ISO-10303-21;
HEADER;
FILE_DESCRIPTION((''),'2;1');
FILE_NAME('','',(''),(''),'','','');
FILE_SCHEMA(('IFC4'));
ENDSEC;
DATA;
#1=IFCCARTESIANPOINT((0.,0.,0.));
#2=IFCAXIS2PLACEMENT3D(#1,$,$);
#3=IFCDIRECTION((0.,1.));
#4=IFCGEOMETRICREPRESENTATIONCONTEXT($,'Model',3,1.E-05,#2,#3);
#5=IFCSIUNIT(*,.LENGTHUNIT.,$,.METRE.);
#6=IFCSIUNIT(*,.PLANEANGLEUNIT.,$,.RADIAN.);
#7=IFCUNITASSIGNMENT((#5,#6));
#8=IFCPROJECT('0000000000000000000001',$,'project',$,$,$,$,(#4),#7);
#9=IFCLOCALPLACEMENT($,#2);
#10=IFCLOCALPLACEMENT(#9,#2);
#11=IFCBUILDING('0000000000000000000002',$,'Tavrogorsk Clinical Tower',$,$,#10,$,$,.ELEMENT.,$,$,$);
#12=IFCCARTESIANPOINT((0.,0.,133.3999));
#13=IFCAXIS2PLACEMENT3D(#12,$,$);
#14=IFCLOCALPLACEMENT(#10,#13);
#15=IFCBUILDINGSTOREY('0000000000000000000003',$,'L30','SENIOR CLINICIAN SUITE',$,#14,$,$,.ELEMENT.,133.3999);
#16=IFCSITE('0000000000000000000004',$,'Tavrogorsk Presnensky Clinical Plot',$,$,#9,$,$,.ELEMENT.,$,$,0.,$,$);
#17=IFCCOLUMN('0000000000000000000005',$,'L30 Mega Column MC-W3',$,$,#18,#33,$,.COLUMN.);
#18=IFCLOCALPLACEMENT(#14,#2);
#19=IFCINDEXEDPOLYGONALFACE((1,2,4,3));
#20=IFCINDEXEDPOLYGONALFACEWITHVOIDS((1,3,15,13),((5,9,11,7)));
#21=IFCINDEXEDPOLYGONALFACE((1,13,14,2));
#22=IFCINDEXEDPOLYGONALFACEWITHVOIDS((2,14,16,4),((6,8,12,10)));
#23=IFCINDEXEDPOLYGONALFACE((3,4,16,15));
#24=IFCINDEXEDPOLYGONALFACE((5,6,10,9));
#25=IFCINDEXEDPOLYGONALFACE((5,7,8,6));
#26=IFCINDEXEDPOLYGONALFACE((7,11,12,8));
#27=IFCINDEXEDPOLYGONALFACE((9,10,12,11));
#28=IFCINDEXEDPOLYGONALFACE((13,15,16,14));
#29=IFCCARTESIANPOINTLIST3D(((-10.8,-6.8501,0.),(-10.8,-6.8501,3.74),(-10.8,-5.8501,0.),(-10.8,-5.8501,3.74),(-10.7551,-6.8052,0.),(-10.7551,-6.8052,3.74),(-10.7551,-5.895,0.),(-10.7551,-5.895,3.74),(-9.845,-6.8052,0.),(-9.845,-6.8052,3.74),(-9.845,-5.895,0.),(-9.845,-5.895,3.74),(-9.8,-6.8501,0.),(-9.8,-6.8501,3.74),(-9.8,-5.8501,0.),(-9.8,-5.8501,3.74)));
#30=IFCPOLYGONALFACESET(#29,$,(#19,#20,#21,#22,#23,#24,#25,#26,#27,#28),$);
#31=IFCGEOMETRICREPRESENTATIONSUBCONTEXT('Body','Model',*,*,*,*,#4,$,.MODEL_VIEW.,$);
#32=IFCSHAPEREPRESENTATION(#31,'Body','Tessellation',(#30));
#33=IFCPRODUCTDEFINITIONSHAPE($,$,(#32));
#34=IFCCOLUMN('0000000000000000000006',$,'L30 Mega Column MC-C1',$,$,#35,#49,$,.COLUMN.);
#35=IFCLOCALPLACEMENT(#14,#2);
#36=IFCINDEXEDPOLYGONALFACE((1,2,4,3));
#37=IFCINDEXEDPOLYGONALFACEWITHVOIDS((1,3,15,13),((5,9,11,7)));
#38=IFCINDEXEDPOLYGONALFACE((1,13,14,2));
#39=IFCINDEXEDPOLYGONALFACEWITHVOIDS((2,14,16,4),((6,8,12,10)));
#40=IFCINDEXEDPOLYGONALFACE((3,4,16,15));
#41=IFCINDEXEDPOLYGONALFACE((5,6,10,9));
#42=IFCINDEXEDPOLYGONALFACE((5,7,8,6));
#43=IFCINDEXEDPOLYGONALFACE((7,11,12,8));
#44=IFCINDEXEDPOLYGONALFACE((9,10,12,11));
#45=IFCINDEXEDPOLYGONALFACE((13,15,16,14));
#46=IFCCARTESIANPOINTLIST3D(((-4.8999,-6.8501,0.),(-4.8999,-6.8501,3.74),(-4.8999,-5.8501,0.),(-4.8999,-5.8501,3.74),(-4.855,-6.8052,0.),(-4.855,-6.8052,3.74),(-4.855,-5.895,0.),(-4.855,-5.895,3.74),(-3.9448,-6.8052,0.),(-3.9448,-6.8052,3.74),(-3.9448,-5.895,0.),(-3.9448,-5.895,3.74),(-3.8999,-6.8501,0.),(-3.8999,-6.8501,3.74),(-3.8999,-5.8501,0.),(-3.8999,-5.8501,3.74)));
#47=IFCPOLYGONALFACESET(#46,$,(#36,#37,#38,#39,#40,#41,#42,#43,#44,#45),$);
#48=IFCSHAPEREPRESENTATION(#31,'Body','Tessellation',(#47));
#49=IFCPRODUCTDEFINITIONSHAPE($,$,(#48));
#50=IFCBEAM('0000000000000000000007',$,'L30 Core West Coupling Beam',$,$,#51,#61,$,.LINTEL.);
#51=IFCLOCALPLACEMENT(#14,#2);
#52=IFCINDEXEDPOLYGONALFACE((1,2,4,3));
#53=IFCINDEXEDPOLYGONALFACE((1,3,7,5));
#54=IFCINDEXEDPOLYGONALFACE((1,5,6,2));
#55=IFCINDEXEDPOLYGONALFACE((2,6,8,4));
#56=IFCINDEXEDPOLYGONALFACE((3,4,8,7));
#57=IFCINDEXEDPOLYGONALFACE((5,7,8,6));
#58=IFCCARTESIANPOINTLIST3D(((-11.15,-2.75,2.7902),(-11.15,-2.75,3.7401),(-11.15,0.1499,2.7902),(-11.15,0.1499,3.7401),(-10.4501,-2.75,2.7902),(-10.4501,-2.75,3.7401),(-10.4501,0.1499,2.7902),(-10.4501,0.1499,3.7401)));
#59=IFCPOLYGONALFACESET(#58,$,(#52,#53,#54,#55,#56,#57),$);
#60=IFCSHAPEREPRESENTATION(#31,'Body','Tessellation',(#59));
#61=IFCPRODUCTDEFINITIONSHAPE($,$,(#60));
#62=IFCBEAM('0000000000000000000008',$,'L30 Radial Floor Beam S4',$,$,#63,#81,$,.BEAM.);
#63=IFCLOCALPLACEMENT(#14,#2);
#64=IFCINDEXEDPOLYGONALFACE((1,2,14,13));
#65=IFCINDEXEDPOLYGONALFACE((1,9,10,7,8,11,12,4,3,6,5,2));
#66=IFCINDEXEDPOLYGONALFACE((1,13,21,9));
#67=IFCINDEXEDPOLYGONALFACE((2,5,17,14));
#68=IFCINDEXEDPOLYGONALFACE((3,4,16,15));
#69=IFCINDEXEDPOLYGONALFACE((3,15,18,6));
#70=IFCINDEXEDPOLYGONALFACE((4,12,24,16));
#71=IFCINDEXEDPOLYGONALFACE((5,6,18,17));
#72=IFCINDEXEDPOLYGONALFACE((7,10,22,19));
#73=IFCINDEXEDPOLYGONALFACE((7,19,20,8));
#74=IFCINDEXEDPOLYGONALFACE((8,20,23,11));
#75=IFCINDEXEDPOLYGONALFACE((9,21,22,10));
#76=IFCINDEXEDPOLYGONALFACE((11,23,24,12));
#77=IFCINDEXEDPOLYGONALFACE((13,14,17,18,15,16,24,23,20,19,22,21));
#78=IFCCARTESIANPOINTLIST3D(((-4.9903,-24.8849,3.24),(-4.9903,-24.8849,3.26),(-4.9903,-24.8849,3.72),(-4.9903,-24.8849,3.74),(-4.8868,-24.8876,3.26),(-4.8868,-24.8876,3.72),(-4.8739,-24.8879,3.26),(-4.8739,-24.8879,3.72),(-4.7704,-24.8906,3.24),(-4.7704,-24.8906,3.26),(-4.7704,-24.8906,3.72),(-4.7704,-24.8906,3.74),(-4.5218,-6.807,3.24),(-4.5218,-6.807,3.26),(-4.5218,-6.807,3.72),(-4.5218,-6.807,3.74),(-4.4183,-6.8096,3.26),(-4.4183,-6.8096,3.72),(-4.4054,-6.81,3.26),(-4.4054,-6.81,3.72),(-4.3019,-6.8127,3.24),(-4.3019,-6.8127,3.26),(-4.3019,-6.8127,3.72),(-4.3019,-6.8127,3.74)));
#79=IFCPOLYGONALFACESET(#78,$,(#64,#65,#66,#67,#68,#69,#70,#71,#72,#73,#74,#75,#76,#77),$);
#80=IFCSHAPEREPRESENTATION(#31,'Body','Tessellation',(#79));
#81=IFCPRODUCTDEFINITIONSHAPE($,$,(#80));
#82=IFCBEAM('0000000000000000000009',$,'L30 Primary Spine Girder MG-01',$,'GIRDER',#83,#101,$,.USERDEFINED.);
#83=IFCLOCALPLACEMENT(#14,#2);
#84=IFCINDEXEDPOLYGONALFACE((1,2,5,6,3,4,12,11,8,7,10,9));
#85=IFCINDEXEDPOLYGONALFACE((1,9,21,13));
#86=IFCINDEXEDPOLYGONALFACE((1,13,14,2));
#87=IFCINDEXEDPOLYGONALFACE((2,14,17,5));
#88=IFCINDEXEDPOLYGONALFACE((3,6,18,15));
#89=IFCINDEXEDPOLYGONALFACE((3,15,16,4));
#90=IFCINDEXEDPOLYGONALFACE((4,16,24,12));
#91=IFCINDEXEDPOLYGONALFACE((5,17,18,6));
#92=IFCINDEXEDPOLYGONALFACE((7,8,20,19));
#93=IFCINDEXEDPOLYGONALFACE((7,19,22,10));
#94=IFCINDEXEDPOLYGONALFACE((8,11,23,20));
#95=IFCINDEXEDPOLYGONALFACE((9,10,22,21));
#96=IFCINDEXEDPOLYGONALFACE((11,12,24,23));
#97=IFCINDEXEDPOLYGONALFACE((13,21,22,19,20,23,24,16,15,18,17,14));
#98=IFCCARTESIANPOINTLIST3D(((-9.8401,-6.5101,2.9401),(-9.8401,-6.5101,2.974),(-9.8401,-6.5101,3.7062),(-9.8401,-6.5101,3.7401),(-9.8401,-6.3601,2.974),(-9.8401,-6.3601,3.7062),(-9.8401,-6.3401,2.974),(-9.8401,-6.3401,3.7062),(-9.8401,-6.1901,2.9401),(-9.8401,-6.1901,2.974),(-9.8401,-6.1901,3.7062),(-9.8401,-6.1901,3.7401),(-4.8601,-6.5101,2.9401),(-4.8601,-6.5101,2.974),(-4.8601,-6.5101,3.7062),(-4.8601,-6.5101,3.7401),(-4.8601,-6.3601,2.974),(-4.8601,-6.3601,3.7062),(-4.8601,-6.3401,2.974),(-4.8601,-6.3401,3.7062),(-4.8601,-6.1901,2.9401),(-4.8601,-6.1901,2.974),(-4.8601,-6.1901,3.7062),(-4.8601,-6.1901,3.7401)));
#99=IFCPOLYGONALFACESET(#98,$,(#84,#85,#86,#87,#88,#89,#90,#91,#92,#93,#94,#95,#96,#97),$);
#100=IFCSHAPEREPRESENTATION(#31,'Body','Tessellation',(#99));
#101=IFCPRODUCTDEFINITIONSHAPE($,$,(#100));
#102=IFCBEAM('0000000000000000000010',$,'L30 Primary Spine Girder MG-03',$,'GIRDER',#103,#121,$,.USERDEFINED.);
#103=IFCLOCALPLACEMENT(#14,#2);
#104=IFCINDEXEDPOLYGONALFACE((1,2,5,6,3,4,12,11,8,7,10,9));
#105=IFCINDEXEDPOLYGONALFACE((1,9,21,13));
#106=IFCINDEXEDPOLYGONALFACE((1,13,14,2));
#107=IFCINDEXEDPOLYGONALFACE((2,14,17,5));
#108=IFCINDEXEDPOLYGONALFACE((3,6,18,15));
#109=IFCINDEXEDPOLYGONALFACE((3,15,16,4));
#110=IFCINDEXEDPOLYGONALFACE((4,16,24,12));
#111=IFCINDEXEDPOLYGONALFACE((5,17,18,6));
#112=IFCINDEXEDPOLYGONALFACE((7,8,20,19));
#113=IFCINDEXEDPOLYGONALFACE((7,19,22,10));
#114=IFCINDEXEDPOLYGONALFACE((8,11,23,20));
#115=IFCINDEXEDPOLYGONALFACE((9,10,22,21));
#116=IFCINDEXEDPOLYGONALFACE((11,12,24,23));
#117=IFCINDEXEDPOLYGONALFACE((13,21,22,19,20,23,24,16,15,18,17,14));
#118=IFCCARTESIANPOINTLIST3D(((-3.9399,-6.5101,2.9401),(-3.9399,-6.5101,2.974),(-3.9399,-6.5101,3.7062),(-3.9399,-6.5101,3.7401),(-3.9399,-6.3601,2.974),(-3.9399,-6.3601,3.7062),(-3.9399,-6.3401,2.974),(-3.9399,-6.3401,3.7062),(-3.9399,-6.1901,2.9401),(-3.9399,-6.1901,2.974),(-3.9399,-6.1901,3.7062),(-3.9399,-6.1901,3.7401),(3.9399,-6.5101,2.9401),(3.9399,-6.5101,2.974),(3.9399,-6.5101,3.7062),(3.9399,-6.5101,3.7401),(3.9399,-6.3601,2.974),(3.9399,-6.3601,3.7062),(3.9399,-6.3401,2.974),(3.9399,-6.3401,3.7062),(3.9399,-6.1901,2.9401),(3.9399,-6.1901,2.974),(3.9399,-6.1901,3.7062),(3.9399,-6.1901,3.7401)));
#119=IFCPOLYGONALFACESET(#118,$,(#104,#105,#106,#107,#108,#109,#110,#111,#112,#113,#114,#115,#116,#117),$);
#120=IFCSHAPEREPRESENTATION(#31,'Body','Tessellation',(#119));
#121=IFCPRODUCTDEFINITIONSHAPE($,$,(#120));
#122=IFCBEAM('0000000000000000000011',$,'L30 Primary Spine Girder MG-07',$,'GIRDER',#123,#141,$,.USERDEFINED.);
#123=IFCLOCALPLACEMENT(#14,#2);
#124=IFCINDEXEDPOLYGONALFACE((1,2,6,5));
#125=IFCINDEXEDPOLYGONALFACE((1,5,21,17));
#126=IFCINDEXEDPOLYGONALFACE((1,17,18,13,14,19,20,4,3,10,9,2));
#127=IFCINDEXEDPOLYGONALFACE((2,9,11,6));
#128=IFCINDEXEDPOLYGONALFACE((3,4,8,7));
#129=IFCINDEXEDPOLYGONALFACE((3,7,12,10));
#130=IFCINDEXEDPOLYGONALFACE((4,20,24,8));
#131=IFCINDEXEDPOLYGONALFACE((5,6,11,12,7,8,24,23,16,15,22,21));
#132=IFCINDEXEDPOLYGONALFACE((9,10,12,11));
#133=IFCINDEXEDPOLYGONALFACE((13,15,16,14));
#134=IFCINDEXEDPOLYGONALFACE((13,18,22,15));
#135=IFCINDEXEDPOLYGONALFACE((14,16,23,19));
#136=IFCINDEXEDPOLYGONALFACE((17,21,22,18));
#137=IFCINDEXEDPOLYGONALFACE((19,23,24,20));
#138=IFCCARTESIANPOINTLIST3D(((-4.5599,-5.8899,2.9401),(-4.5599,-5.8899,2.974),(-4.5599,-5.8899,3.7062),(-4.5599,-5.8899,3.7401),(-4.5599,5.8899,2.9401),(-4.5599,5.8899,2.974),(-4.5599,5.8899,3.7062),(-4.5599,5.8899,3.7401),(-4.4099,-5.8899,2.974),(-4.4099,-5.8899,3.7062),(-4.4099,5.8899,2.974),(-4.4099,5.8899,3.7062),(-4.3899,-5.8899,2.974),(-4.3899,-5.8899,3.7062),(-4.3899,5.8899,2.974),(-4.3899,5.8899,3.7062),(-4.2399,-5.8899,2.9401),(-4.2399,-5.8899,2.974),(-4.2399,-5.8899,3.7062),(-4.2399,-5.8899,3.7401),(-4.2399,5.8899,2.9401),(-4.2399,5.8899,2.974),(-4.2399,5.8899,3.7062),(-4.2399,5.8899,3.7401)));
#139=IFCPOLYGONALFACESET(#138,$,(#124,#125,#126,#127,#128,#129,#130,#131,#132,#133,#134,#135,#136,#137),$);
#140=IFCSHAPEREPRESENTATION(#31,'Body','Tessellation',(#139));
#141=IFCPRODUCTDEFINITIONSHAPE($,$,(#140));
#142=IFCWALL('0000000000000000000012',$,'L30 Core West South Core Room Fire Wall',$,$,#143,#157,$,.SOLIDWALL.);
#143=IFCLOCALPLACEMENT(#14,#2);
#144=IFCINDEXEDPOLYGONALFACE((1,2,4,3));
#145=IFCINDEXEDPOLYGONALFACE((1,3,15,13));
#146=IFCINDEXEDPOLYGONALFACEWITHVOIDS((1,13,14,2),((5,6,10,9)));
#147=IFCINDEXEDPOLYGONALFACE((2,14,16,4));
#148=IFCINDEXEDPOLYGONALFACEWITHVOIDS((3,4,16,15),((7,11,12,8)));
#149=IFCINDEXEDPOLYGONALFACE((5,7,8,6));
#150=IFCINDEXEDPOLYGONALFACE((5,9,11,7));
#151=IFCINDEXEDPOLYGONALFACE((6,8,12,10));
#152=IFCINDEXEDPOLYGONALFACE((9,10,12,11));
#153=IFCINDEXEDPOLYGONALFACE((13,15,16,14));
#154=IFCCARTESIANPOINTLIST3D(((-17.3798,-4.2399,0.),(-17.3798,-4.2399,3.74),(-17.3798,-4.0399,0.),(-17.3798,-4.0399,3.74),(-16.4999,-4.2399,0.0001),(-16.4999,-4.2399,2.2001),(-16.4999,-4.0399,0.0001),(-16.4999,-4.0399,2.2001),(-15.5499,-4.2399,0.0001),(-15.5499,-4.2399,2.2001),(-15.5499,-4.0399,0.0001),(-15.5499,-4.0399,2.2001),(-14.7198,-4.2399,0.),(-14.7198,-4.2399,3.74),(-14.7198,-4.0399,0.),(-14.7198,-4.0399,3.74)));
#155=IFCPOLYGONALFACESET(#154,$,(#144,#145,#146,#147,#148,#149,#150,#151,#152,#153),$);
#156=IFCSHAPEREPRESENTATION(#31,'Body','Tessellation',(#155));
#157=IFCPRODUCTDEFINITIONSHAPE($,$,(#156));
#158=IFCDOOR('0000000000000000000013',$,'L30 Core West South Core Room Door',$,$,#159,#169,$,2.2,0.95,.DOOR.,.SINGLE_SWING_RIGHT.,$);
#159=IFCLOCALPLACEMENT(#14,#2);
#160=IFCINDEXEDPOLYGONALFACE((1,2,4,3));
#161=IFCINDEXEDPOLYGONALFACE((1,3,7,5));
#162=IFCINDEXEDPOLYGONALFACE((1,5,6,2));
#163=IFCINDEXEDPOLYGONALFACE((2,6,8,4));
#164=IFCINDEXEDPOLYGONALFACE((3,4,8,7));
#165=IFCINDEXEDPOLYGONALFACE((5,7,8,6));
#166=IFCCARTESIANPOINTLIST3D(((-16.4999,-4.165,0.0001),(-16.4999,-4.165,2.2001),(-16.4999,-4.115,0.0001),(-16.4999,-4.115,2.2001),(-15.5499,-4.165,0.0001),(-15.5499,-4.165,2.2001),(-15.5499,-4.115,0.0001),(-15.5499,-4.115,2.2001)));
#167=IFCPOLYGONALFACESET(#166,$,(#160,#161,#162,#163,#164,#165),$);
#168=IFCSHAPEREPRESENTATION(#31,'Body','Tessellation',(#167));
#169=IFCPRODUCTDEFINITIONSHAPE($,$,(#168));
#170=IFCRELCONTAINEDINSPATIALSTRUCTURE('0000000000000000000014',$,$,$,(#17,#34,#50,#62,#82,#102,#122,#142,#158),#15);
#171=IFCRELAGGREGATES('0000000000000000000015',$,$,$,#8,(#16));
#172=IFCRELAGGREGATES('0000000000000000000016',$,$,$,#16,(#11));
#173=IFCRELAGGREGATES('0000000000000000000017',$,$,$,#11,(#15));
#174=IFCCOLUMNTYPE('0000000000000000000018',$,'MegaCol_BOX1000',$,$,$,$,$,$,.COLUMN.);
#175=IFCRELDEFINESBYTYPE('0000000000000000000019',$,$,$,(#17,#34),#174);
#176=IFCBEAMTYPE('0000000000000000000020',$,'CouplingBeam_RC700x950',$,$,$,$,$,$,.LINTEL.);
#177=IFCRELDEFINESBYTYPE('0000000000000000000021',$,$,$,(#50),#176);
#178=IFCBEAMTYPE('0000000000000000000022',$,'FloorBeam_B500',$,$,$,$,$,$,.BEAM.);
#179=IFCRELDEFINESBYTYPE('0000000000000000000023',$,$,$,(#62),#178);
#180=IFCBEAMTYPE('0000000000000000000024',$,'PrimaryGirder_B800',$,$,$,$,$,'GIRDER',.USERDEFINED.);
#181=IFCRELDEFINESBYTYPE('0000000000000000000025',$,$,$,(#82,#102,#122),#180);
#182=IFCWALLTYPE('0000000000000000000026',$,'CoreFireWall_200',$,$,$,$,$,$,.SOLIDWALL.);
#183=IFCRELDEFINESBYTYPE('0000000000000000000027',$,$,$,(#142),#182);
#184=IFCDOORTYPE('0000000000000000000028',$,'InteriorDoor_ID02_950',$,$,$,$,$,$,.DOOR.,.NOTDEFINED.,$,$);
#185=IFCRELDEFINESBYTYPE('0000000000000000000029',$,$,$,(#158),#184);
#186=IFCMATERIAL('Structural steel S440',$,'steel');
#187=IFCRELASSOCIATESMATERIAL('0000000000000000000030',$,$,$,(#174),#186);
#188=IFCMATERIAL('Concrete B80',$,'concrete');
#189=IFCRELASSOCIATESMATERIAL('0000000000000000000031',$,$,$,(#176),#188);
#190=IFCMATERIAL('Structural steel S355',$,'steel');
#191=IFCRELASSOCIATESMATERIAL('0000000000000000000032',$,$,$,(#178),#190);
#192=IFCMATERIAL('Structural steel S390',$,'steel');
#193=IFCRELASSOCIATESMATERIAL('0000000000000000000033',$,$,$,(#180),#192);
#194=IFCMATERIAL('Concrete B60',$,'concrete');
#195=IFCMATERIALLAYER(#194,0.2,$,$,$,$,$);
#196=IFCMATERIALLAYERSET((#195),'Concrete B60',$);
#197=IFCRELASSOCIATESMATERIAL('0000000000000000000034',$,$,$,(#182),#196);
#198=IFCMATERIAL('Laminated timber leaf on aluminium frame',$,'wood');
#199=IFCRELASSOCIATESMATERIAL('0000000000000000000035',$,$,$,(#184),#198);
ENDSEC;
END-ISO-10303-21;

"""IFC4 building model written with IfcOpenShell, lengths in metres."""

from ifc_helpers import new_model, si_unit, direction, frame, frame_2d, origin, origin_2d, place, context, subcontext, project, spatial, rectangle, hollow_rectangle, i_section, extrude, material, layer, layer_set, material_profile, profile_set, type_object, element, fill, save


model = new_model("IFC4")

# Units and contexts
model_context = context("Model", 3, precision=1e-05, world=origin(), true_north=direction((0.0, 1.0)))
body_context = subcontext(model_context, "Body", "Model", "MODEL_VIEW")
ifc_project = project(units=[si_unit("LENGTHUNIT", "METRE"), si_unit("PLANEANGLEUNIT", "RADIAN")], contexts=[model_context])

# Site, building, storey
site_placement = place(None, origin())
site = spatial("IfcSite", under=ifc_project, at=site_placement, Name="Tavrogorsk Presnensky Clinical Plot", CompositionType="ELEMENT", RefElevation=0.0)
building_placement = place(site_placement, origin())
building = spatial("IfcBuilding", under=site, at=building_placement, Name="Tavrogorsk Clinical Tower", CompositionType="ELEMENT")
storey_placement = place(building_placement, frame((0.0, 0.0, 133.3999)))
storey = spatial("IfcBuildingStorey", under=building, at=storey_placement, Name="L30", Description="SENIOR CLINICIAN SUITE", CompositionType="ELEMENT", Elevation=133.3999)

# Columns
ifc_material_1 = material(Name="Structural steel S440", Category="steel")
ifc_material_profile_1 = material_profile(ifc_material_1, hollow_rectangle(XDim=1.0, YDim=1.0, WallThickness=0.0449, at=origin_2d()), Name="BOX-1000x1000x45")
ifc_profile_set_1 = profile_set([ifc_material_profile_1], Name="Structural steel S440")
column_type = type_object("IfcColumnType", Name="MegaCol_BOX1000", PredefinedType="COLUMN", material=ifc_profile_set_1)
for number, where, z_axis, x_axis, name in (
    (1, (-10.3, -6.3501, 0.0), (0.0, 0.0, 1.0), (1.0, 0.0, 0.0), "L30 Mega Column MC-W3"),
    (2, (-4.3999, -6.3501, 0.0), (0.0, 0.0, 1.0), (1.0, 0.0, 0.0), "L30 Mega Column MC-C1"),
):
    element("IfcColumn", number, at=place(storey_placement, frame(where, z_axis=z_axis, x_axis=x_axis)), inside=storey, type_object=column_type, Name=name, PredefinedType="COLUMN", context=body_context, shape_type="SweptSolid", body=[
        extrude(hollow_rectangle(XDim=1.0, YDim=1.0, WallThickness=0.0449, at=origin_2d()), origin(), (0.0, 0.0, 1.0), 3.74),
    ])

# Beams
ifc_material_2 = material(Name="Concrete B80", Category="concrete")
ifc_material_profile_2 = material_profile(ifc_material_2, rectangle(XDim=0.7, YDim=0.95, at=origin_2d()), Name="RC-CB-700x950")
ifc_profile_set_2 = profile_set([ifc_material_profile_2], Name="Concrete B80")
beam_type_1 = type_object("IfcBeamType", Name="CouplingBeam_RC700x950", PredefinedType="LINTEL", material=ifc_profile_set_2)
beam_1_placement = place(storey_placement, frame((-10.8, -2.75, 3.2651), z_axis=(0.0, 1.0, 0.0), x_axis=(-1.0, 0.0, 0.0)))
element("IfcBeam", 3, at=beam_1_placement, inside=storey, type_object=beam_type_1, Name="L30 Core West Coupling Beam", PredefinedType="LINTEL", context=body_context, shape_type="SweptSolid", body=[
    extrude(rectangle(XDim=0.7, YDim=0.95, at=origin_2d()), origin(), (0.0, 0.0, 1.0), 2.8999),
])
ifc_material_3 = material(Name="Structural steel S355", Category="steel")
ifc_material_profile_3 = material_profile(ifc_material_3, i_section(OverallWidth=0.22, OverallDepth=0.5, WebThickness=0.0129, FlangeThickness=0.02, at=origin_2d()), Name="B-500x220x13x20")
ifc_profile_set_3 = profile_set([ifc_material_profile_3], Name="Structural steel S355")
beam_type_2 = type_object("IfcBeamType", Name="FloorBeam_B500", PredefinedType="BEAM", material=ifc_profile_set_3)
beam_2_placement = place(storey_placement, frame((-4.4119, -6.8098, 3.49), z_axis=(-0.025907, -0.999664, 0.0), x_axis=(0.999664, -0.025907, 0.0)))
element("IfcBeam", 4, at=beam_2_placement, inside=storey, type_object=beam_type_2, Name="L30 Radial Floor Beam S4", PredefinedType="BEAM", context=body_context, shape_type="SweptSolid", body=[
    extrude(i_section(OverallWidth=0.22, OverallDepth=0.5, WebThickness=0.0129, FlangeThickness=0.02, at=origin_2d()), origin(), (0.0, 0.0, 1.0), 18.084),
])
ifc_material_4 = material(Name="Structural steel S390", Category="steel")
ifc_material_profile_4 = material_profile(ifc_material_4, i_section(OverallWidth=0.3201, OverallDepth=0.8, WebThickness=0.02, FlangeThickness=0.0339, at=origin_2d()), Name="B-800x320x20x34")
ifc_profile_set_4 = profile_set([ifc_material_profile_4], Name="Structural steel S390")
beam_type_3 = type_object("IfcBeamType", Name="PrimaryGirder_B800", ElementType="GIRDER", PredefinedType="USERDEFINED", material=ifc_profile_set_4)
beam_3_placement = place(storey_placement, frame((-9.8401, -6.3501, 3.3401), z_axis=(1.0, 0.0, 0.0), x_axis=(0.0, 1.0, 0.0)))
element("IfcBeam", 5, at=beam_3_placement, inside=storey, type_object=beam_type_3, Name="L30 Primary Spine Girder MG-01", ObjectType="GIRDER", PredefinedType="USERDEFINED", context=body_context, shape_type="SweptSolid", body=[
    extrude(i_section(OverallWidth=0.3201, OverallDepth=0.8, WebThickness=0.02, FlangeThickness=0.0339, at=origin_2d()), origin(), (0.0, 0.0, 1.0), 4.98),
])
beam_4_placement = place(storey_placement, frame((-3.9399, -6.3501, 3.3401), z_axis=(1.0, 0.0, 0.0), x_axis=(0.0, 1.0, 0.0)))
element("IfcBeam", 6, at=beam_4_placement, inside=storey, type_object=beam_type_3, Name="L30 Primary Spine Girder MG-03", ObjectType="GIRDER", PredefinedType="USERDEFINED", context=body_context, shape_type="SweptSolid", body=[
    extrude(i_section(OverallWidth=0.3201, OverallDepth=0.8, WebThickness=0.02, FlangeThickness=0.0339, at=origin_2d()), origin(), (0.0, 0.0, 1.0), 7.8799),
])
beam_5_placement = place(storey_placement, frame((-4.3999, -5.8899, 3.3401), z_axis=(0.0, 1.0, 0.0), x_axis=(-1.0, 0.0, 0.0)))
element("IfcBeam", 7, at=beam_5_placement, inside=storey, type_object=beam_type_3, Name="L30 Primary Spine Girder MG-07", ObjectType="GIRDER", PredefinedType="USERDEFINED", context=body_context, shape_type="SweptSolid", body=[
    extrude(i_section(OverallWidth=0.3201, OverallDepth=0.8, WebThickness=0.02, FlangeThickness=0.0339, at=origin_2d()), origin(), (0.0, 0.0, 1.0), 11.7798),
])

# Wall, opening, door
ifc_material_5 = material(Name="Concrete B60", Category="concrete")
ifc_layer_1 = layer(ifc_material_5, 0.2)
ifc_layer_set_1 = layer_set([ifc_layer_1], Name="Concrete B60")
wall_type_1 = type_object("IfcWallType", Name="CoreFireWall_200", PredefinedType="SOLIDWALL", material=ifc_layer_set_1)
wall_1_placement = place(storey_placement, frame((-17.3799, -4.1399, 0.0), z_axis=(0.0, 0.0, 1.0), x_axis=(1.0, 0.0, 0.0)))
wall_1 = element("IfcWall", 8, at=wall_1_placement, inside=storey, type_object=wall_type_1, Name="L30 Core West South Core Room Fire Wall", PredefinedType="SOLIDWALL", context=body_context, shape_type="SweptSolid", body=[
    extrude(rectangle(XDim=2.6599, YDim=0.2, at=frame_2d((1.3301, 0.0))), origin(), (0.0, 0.0, 1.0), 3.74),
])
opening_1_placement = place(wall_1_placement, frame((0.8799, 0.0, 0.0)))
opening_1 = element("IfcOpeningElement", 9, at=opening_1_placement, cuts=wall_1, PredefinedType="OPENING", context=body_context, shape_type="SweptSolid", body=[
    extrude(rectangle(XDim=0.95, YDim=2.2, at=frame_2d((0.4751, 1.1001))), frame((0.0, 0.1099, 0.0), z_axis=(0.0, -1.0, 0.0), x_axis=(1.0, 0.0, 0.0)), (0.0, 0.0, 1.0), 0.22),
])
ifc_material_6 = material(Name="Laminated timber leaf on aluminium frame", Category="wood")
door_type_1 = type_object("IfcDoorType", Name="InteriorDoor_ID02_950", OperationType="NOTDEFINED", PredefinedType="DOOR", material=ifc_material_6)
door_1_placement = place(opening_1_placement, origin())
door_1 = element("IfcDoor", 10, at=door_1_placement, inside=storey, type_object=door_type_1, Name="L30 Core West South Core Room Door", OperationType="SINGLE_SWING_RIGHT", OverallHeight=2.2, OverallWidth=0.95, PredefinedType="DOOR", context=body_context, shape_type="SweptSolid", body=[
    extrude(rectangle(XDim=0.95, YDim=2.2, at=frame_2d((0.4751, 1.1001))), frame((0.0, 0.0249, 0.0), z_axis=(0.0, -1.0, 0.0), x_axis=(1.0, 0.0, 0.0)), (0.0, 0.0, 1.0), 0.05),
])
fill(opening_1, door_1)

save(model, "model.ifc")
